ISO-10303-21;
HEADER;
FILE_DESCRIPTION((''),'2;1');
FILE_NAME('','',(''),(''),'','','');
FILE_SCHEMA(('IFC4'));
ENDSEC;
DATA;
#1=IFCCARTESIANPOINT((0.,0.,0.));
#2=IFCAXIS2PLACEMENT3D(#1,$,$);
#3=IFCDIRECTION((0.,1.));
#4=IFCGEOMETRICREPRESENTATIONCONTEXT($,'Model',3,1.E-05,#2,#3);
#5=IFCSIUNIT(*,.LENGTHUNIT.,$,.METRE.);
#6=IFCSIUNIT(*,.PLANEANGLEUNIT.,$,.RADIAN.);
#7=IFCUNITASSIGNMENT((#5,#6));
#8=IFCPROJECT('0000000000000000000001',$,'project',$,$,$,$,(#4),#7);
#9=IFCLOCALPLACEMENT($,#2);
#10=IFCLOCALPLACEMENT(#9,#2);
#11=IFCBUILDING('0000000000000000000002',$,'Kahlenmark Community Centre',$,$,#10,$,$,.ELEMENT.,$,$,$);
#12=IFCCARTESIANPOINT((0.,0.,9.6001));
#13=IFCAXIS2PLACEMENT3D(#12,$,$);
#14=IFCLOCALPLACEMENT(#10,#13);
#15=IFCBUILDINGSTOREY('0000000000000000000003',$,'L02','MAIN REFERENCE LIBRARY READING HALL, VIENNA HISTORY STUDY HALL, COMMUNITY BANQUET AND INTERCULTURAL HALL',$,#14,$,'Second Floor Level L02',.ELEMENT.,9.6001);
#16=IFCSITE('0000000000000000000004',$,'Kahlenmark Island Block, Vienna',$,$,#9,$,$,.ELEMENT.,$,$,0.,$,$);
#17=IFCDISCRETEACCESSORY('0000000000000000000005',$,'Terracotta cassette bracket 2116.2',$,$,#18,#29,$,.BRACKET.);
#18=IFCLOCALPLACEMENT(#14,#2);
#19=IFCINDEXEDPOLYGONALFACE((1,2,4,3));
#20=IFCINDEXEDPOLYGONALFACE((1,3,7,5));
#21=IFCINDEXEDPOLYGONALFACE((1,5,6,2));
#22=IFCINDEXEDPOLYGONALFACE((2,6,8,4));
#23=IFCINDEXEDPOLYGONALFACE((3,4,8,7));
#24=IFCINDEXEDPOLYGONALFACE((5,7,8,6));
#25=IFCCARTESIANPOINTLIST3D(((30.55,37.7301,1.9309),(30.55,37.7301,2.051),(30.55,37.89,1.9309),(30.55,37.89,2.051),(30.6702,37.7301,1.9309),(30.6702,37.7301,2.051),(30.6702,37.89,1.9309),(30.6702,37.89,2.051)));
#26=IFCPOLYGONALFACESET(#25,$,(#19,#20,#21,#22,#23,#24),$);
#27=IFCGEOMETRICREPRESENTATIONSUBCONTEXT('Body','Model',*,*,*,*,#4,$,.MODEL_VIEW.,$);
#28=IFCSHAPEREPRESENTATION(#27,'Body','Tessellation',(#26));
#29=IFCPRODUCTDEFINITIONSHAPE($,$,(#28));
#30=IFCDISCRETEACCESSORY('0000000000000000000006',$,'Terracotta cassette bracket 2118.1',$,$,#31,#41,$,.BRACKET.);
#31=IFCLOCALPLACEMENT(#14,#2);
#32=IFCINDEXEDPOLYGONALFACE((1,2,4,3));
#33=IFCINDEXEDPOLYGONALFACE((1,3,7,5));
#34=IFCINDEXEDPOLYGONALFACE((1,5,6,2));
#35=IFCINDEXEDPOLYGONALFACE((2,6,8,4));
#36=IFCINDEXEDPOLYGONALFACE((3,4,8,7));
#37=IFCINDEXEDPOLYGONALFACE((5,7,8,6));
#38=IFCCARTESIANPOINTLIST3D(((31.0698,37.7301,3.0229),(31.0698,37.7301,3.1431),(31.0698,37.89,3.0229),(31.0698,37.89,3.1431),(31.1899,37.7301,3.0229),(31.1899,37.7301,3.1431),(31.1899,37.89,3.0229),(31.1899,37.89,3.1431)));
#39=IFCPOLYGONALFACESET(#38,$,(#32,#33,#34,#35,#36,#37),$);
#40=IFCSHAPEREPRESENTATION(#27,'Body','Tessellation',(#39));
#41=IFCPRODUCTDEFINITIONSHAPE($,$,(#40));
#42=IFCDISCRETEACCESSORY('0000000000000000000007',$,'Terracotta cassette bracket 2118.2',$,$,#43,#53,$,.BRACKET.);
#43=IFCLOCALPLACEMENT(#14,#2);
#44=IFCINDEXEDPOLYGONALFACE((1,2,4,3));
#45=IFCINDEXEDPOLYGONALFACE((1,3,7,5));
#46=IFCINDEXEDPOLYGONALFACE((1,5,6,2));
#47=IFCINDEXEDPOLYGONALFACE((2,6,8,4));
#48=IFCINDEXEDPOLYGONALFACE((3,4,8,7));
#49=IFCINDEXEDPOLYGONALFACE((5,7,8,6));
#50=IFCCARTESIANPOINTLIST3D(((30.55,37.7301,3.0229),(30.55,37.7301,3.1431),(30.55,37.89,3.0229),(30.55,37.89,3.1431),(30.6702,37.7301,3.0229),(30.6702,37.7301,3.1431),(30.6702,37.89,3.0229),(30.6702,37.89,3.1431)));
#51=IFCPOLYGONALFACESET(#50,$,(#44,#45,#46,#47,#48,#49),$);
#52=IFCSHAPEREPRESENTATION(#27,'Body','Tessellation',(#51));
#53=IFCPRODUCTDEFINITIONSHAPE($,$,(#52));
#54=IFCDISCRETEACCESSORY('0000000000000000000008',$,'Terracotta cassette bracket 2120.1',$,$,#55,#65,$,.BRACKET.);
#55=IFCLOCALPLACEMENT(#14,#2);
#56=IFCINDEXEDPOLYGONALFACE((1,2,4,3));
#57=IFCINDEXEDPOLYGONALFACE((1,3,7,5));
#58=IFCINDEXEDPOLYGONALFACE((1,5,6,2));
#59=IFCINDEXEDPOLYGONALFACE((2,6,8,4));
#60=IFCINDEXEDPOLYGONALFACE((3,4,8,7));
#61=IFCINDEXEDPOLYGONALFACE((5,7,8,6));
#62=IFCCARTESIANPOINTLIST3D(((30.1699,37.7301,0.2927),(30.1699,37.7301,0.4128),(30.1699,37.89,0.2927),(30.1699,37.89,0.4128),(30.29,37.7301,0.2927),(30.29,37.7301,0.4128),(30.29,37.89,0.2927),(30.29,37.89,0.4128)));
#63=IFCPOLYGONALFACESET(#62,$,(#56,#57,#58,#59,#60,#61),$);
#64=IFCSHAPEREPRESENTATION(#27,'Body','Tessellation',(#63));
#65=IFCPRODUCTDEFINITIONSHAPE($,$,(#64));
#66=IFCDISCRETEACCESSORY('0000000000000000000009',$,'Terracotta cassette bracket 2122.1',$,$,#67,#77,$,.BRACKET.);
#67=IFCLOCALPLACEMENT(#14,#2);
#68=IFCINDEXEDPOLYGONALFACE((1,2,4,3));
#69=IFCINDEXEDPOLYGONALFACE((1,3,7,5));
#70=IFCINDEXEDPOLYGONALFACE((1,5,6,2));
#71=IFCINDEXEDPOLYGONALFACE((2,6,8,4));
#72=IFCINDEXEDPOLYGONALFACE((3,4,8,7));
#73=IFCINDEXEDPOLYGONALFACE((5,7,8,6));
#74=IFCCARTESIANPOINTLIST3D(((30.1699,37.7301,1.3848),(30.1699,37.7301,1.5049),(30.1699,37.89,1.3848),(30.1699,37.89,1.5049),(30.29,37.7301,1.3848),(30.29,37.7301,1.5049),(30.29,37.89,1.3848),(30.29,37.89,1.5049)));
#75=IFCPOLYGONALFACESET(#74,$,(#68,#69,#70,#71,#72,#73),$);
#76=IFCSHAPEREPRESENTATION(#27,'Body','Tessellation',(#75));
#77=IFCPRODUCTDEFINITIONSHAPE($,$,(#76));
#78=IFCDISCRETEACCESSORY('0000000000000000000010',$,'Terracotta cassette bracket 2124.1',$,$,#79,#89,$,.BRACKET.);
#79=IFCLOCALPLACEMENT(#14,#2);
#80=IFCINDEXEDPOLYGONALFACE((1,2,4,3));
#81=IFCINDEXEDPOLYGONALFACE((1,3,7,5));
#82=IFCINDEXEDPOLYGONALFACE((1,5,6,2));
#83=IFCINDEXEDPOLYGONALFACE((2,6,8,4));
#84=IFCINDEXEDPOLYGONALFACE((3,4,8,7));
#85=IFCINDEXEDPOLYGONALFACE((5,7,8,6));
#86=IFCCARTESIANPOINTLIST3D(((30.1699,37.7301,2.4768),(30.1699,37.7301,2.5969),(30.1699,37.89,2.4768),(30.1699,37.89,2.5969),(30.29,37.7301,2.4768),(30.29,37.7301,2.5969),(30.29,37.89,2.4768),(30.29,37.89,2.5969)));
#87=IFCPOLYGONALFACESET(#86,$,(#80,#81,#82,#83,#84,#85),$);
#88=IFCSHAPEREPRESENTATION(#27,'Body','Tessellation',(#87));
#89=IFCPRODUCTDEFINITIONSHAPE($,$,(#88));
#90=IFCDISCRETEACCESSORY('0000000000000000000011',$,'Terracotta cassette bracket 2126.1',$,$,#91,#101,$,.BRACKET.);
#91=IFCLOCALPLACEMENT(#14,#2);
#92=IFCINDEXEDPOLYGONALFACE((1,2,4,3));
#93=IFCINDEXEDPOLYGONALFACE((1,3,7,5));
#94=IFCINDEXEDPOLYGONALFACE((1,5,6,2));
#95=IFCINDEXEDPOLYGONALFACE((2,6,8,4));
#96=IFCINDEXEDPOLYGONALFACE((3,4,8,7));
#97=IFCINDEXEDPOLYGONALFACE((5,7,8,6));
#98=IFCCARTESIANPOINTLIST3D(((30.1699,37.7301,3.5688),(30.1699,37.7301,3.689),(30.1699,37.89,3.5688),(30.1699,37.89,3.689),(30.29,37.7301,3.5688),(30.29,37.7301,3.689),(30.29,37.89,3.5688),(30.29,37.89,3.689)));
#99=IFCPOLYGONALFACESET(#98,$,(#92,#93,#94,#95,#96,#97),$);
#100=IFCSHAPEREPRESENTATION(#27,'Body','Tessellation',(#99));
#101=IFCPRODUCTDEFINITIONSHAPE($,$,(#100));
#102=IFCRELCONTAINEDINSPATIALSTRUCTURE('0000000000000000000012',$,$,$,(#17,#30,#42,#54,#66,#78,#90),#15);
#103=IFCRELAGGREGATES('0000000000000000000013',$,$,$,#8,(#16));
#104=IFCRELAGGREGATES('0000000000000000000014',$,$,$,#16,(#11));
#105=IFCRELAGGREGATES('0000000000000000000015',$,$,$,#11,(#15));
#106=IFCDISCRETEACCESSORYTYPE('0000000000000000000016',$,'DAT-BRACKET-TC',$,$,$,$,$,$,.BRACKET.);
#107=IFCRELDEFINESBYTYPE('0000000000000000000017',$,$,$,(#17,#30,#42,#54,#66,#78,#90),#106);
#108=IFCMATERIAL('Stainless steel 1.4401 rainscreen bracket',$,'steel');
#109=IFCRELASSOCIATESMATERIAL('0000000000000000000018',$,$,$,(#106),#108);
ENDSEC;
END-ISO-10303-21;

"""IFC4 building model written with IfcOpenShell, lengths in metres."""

from ifc_helpers import new_model, si_unit, direction, frame, origin, origin_2d, place, context, subcontext, project, spatial, rectangle, extrude, material, type_object, element, save


model = new_model("IFC4")

# Units and contexts
model_context = context("Model", 3, precision=1e-05, world=origin(), true_north=direction((0.0, 1.0)))
body_context = subcontext(model_context, "Body", "Model", "MODEL_VIEW")
ifc_project = project(units=[si_unit("LENGTHUNIT", "METRE"), si_unit("PLANEANGLEUNIT", "RADIAN")], contexts=[model_context])

# Site, building, storey
site_placement = place(None, origin())
site = spatial("IfcSite", under=ifc_project, at=site_placement, Name="Kahlenmark Island Block, Vienna", CompositionType="ELEMENT", RefElevation=0.0)
building_placement = place(site_placement, origin())
building = spatial("IfcBuilding", under=site, at=building_placement, Name="Kahlenmark Community Centre", CompositionType="ELEMENT")
storey_placement = place(building_placement, frame((0.0, 0.0, 9.6001)))
storey = spatial("IfcBuildingStorey", under=building, at=storey_placement, Name="L02", Description="MAIN REFERENCE LIBRARY READING HALL, VIENNA HISTORY STUDY HALL, COMMUNITY BANQUET AND INTERCULTURAL HALL", LongName="Second Floor Level L02", CompositionType="ELEMENT", Elevation=9.6001)

# Discrete accessories
ifc_material_1 = material(Name="Stainless steel 1.4401 rainscreen bracket", Category="steel")
discrete_accessory_type = type_object("IfcDiscreteAccessoryType", Name="DAT-BRACKET-TC", PredefinedType="BRACKET", material=ifc_material_1)
for number, where, z_axis, x_axis, name in (
    (1, (30.6101, 37.8101, 1.9309), (0.0, 0.0, 1.0), (-1.0, 0.0, 0.0), "Terracotta cassette bracket 2116.2"),
    (2, (31.1299, 37.8101, 3.0229), (0.0, 0.0, 1.0), (-1.0, 0.0, 0.0), "Terracotta cassette bracket 2118.1"),
    (3, (30.6101, 37.8101, 3.0229), (0.0, 0.0, 1.0), (-1.0, 0.0, 0.0), "Terracotta cassette bracket 2118.2"),
    (4, (30.23, 37.8101, 0.2927), (0.0, 0.0, 1.0), (-1.0, 0.0, 0.0), "Terracotta cassette bracket 2120.1"),
    (5, (30.23, 37.8101, 1.3848), (0.0, 0.0, 1.0), (-1.0, 0.0, 0.0), "Terracotta cassette bracket 2122.1"),
    (6, (30.23, 37.8101, 2.4768), (0.0, 0.0, 1.0), (-1.0, 0.0, 0.0), "Terracotta cassette bracket 2124.1"),
    (7, (30.23, 37.8101, 3.5688), (0.0, 0.0, 1.0), (-1.0, 0.0, 0.0), "Terracotta cassette bracket 2126.1"),
):
    element("IfcDiscreteAccessory", number, at=place(storey_placement, frame(where, z_axis=z_axis, x_axis=x_axis)), inside=storey, type_object=discrete_accessory_type, Name=name, PredefinedType="BRACKET", context=body_context, shape_type="SweptSolid", body=[
        extrude(rectangle(XDim=0.1201, YDim=0.1599, at=origin_2d()), origin(), (0.0, 0.0, 1.0), 0.1201),
    ])

save(model, "model.ifc")
